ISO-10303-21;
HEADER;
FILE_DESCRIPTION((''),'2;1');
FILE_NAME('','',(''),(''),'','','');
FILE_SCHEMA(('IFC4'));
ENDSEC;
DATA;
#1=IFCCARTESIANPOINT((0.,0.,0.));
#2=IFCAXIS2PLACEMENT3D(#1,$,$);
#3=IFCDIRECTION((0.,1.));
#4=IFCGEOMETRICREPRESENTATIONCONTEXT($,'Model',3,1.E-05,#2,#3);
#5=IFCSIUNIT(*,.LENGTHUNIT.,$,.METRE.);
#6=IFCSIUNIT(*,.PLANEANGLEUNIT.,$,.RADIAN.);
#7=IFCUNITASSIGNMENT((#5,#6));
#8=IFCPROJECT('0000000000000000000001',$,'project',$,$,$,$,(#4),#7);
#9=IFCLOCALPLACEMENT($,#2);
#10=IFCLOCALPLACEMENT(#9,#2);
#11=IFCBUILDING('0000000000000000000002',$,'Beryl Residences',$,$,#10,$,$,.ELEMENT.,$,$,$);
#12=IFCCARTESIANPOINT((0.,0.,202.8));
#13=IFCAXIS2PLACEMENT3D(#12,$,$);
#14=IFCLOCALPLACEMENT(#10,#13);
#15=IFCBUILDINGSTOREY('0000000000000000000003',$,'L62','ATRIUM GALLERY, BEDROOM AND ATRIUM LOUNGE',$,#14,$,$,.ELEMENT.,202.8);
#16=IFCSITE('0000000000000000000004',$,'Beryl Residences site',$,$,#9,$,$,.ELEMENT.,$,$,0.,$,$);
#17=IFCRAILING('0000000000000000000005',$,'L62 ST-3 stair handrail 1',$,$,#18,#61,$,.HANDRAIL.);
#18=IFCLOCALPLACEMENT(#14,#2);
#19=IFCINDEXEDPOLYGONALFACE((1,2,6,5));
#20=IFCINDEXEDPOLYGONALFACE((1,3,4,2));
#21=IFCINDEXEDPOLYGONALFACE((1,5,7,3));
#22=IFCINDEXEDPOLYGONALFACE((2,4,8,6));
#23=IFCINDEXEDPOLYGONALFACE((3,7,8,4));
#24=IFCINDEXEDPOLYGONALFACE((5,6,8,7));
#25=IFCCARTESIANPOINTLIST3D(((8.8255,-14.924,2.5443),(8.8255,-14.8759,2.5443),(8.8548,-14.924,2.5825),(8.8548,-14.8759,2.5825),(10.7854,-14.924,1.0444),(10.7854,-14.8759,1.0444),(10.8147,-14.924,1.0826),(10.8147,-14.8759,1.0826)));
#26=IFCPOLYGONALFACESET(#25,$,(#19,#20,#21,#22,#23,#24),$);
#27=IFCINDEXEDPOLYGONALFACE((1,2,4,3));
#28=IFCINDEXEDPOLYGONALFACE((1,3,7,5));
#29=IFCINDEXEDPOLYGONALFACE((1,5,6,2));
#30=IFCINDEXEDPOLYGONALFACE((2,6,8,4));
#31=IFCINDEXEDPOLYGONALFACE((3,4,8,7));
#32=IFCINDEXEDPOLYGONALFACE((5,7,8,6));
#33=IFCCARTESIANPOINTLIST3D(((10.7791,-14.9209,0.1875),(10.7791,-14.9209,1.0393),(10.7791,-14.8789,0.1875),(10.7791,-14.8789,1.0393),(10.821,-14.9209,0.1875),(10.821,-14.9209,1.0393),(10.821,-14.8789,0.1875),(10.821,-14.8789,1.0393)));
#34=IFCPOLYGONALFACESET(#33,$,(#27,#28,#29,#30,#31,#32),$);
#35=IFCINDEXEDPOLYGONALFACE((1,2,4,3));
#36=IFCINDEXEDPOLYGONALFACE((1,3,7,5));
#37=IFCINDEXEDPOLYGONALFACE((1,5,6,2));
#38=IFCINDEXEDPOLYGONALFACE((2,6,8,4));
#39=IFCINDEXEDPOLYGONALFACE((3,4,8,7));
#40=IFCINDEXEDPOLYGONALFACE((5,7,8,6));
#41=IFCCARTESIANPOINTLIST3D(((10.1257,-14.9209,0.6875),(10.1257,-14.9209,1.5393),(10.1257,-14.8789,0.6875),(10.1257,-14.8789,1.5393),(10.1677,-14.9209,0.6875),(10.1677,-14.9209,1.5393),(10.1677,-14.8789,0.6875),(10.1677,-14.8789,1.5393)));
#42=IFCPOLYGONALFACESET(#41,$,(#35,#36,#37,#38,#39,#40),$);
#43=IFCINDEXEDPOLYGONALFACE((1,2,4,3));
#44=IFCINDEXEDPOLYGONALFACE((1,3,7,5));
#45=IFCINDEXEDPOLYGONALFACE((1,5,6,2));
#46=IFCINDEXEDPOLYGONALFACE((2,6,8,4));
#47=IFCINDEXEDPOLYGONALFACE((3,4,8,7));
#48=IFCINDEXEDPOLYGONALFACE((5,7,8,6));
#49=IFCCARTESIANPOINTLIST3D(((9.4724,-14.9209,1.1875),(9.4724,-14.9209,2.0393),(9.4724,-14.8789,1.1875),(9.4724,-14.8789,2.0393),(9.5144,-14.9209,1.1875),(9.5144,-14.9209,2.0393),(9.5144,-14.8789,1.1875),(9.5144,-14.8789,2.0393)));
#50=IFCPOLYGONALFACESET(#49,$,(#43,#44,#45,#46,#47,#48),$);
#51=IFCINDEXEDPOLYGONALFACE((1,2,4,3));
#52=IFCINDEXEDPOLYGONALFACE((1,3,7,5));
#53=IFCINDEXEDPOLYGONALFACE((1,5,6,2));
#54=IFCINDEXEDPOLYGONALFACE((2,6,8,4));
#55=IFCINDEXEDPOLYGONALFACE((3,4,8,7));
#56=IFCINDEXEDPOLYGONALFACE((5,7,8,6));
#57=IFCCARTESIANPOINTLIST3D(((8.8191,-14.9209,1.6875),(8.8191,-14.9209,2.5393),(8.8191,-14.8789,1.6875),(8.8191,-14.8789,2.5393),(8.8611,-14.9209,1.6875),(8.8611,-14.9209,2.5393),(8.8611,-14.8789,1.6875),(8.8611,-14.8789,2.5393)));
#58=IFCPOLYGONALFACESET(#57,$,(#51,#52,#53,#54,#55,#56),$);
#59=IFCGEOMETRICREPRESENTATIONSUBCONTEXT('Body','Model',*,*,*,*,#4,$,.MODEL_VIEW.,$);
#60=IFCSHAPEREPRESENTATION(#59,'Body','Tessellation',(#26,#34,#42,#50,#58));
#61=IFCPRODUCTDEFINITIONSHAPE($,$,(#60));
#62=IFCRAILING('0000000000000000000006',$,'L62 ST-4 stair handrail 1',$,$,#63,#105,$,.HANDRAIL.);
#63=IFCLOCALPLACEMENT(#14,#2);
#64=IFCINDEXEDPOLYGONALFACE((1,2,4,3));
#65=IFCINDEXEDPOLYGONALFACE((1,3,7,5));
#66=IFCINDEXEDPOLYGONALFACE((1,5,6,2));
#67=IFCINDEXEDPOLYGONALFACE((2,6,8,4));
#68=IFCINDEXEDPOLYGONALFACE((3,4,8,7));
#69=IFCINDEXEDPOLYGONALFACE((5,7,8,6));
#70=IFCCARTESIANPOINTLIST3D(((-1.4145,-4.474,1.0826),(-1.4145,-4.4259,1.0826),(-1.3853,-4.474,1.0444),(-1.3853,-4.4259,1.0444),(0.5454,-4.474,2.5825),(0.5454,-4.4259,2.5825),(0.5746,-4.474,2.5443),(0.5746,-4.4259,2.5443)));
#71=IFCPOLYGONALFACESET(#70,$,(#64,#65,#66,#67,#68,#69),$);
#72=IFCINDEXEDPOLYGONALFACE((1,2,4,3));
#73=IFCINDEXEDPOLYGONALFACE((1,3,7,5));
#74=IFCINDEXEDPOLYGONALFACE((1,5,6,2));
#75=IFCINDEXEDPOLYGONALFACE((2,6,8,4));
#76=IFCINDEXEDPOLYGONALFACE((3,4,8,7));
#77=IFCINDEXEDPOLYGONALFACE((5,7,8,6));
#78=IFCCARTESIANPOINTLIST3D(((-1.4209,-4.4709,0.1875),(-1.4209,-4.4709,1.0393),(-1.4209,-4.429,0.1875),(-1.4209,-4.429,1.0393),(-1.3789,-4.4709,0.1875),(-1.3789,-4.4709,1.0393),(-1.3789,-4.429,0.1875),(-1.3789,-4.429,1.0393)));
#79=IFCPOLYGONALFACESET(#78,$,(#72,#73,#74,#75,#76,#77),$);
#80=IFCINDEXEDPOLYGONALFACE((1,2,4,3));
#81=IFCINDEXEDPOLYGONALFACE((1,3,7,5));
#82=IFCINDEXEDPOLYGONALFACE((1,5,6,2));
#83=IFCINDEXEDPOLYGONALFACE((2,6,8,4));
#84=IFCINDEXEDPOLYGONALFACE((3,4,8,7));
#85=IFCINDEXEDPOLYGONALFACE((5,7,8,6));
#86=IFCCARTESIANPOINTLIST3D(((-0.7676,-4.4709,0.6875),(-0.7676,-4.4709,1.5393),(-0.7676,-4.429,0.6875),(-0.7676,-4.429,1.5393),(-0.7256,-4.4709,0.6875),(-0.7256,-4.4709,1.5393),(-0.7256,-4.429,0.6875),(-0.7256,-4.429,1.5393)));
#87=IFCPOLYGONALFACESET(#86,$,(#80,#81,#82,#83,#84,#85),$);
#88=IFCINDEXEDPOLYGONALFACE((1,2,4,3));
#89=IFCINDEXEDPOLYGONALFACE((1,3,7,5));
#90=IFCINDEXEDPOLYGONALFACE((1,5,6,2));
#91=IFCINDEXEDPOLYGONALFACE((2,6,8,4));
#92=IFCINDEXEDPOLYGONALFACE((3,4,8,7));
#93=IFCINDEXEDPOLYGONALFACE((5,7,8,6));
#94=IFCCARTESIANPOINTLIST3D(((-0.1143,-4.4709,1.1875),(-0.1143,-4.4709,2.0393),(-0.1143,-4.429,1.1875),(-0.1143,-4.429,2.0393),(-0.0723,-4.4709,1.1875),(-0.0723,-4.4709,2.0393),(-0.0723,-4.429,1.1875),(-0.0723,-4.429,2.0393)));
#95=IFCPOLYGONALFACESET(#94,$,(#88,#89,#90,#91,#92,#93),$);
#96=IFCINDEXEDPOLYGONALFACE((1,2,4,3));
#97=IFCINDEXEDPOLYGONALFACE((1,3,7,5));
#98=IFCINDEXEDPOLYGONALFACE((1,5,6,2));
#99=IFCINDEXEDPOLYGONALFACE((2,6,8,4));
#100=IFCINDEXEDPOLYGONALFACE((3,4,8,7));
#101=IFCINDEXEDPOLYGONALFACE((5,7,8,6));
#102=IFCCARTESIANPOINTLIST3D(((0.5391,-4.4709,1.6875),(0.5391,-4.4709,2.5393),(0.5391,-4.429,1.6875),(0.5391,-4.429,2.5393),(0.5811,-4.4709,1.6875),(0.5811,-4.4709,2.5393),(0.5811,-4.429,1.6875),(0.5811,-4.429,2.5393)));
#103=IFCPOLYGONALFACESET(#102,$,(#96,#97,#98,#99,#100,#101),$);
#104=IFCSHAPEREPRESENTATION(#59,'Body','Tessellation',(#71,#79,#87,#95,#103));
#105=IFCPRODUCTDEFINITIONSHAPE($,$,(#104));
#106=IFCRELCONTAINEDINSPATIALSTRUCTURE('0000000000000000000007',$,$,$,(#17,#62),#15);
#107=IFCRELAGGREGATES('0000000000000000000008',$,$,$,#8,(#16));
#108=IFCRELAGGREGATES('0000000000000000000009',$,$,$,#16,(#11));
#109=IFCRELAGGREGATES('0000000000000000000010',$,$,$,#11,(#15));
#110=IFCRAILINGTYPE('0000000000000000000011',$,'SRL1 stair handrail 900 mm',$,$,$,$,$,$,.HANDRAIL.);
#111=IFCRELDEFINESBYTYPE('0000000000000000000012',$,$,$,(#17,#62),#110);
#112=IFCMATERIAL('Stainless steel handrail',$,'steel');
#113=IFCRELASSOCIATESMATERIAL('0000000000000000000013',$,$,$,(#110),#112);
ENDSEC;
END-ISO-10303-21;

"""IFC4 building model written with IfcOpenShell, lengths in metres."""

from ifc_helpers import new_model, si_unit, direction, frame, origin, origin_2d, place, context, subcontext, project, spatial, rectangle, extrude, material, type_object, element, save


model = new_model("IFC4")

# Units and contexts
model_context = context("Model", 3, precision=1e-05, world=origin(), true_north=direction((0.0, 1.0)))
body_context = subcontext(model_context, "Body", "Model", "MODEL_VIEW")
ifc_project = project(units=[si_unit("LENGTHUNIT", "METRE"), si_unit("PLANEANGLEUNIT", "RADIAN")], contexts=[model_context])

# Site, building, storey
site_placement = place(None, origin())
site = spatial("IfcSite", under=ifc_project, at=site_placement, Name="Beryl Residences site", CompositionType="ELEMENT", RefElevation=0.0)
building_placement = place(site_placement, origin())
building = spatial("IfcBuilding", under=site, at=building_placement, Name="Beryl Residences", CompositionType="ELEMENT")
storey_placement = place(building_placement, frame((0.0, 0.0, 202.8)))
storey = spatial("IfcBuildingStorey", under=building, at=storey_placement, Name="L62", Description="ATRIUM GALLERY, BEDROOM AND ATRIUM LOUNGE", CompositionType="ELEMENT", Elevation=202.8)

# Railings
ifc_material_1 = material(Name="Stainless steel handrail", Category="steel")
railing_type_1 = type_object("IfcRailingType", Name="SRL1 stair handrail 900 mm", PredefinedType="HANDRAIL", material=ifc_material_1)
railing_1_placement = place(storey_placement, frame((10.8, -14.8999, 0.1875)))
element("IfcRailing", 1, at=railing_1_placement, inside=storey, type_object=railing_type_1, Name="L62 ST-3 stair handrail 1", PredefinedType="HANDRAIL", context=body_context, shape_type="SweptSolid", body=[
    extrude(rectangle(XDim=0.0481, YDim=0.0481, at=origin_2d()), frame((0.0, 0.0, 0.876), z_axis=(-0.794122, 0.0, 0.607758), x_axis=(0.0, -1.0, 0.0)), (0.0, 0.0, 1.0), 2.468),
    extrude(rectangle(XDim=0.042, YDim=0.042, at=origin_2d()), origin(), (0.0, 0.0, 1.0), 0.8518),
    extrude(rectangle(XDim=0.042, YDim=0.042, at=origin_2d()), frame((-0.6533, 0.0, 0.5)), (0.0, 0.0, 1.0), 0.8518),
    extrude(rectangle(XDim=0.042, YDim=0.042, at=origin_2d()), frame((-1.3066, 0.0, 1.0)), (0.0, 0.0, 1.0), 0.8518),
    extrude(rectangle(XDim=0.042, YDim=0.042, at=origin_2d()), frame((-1.96, 0.0, 1.5)), (0.0, 0.0, 1.0), 0.8518),
])
railing_2_placement = place(storey_placement, frame((-1.3999, -4.45, 0.1875)))
element("IfcRailing", 2, at=railing_2_placement, inside=storey, type_object=railing_type_1, Name="L62 ST-4 stair handrail 1", PredefinedType="HANDRAIL", context=body_context, shape_type="SweptSolid", body=[
    extrude(rectangle(XDim=0.0481, YDim=0.0481, at=origin_2d()), frame((0.0, 0.0, 0.876), z_axis=(0.794122, 0.0, 0.607758), x_axis=(0.0, 1.0, 0.0)), (0.0, 0.0, 1.0), 2.468),
    extrude(rectangle(XDim=0.042, YDim=0.042, at=origin_2d()), origin(), (0.0, 0.0, 1.0), 0.8518),
    extrude(rectangle(XDim=0.042, YDim=0.042, at=origin_2d()), frame((0.6533, 0.0, 0.5)), (0.0, 0.0, 1.0), 0.8518),
    extrude(rectangle(XDim=0.042, YDim=0.042, at=origin_2d()), frame((1.3066, 0.0, 1.0)), (0.0, 0.0, 1.0), 0.8518),
    extrude(rectangle(XDim=0.042, YDim=0.042, at=origin_2d()), frame((1.96, 0.0, 1.5)), (0.0, 0.0, 1.0), 0.8518),
])

save(model, "model.ifc")
